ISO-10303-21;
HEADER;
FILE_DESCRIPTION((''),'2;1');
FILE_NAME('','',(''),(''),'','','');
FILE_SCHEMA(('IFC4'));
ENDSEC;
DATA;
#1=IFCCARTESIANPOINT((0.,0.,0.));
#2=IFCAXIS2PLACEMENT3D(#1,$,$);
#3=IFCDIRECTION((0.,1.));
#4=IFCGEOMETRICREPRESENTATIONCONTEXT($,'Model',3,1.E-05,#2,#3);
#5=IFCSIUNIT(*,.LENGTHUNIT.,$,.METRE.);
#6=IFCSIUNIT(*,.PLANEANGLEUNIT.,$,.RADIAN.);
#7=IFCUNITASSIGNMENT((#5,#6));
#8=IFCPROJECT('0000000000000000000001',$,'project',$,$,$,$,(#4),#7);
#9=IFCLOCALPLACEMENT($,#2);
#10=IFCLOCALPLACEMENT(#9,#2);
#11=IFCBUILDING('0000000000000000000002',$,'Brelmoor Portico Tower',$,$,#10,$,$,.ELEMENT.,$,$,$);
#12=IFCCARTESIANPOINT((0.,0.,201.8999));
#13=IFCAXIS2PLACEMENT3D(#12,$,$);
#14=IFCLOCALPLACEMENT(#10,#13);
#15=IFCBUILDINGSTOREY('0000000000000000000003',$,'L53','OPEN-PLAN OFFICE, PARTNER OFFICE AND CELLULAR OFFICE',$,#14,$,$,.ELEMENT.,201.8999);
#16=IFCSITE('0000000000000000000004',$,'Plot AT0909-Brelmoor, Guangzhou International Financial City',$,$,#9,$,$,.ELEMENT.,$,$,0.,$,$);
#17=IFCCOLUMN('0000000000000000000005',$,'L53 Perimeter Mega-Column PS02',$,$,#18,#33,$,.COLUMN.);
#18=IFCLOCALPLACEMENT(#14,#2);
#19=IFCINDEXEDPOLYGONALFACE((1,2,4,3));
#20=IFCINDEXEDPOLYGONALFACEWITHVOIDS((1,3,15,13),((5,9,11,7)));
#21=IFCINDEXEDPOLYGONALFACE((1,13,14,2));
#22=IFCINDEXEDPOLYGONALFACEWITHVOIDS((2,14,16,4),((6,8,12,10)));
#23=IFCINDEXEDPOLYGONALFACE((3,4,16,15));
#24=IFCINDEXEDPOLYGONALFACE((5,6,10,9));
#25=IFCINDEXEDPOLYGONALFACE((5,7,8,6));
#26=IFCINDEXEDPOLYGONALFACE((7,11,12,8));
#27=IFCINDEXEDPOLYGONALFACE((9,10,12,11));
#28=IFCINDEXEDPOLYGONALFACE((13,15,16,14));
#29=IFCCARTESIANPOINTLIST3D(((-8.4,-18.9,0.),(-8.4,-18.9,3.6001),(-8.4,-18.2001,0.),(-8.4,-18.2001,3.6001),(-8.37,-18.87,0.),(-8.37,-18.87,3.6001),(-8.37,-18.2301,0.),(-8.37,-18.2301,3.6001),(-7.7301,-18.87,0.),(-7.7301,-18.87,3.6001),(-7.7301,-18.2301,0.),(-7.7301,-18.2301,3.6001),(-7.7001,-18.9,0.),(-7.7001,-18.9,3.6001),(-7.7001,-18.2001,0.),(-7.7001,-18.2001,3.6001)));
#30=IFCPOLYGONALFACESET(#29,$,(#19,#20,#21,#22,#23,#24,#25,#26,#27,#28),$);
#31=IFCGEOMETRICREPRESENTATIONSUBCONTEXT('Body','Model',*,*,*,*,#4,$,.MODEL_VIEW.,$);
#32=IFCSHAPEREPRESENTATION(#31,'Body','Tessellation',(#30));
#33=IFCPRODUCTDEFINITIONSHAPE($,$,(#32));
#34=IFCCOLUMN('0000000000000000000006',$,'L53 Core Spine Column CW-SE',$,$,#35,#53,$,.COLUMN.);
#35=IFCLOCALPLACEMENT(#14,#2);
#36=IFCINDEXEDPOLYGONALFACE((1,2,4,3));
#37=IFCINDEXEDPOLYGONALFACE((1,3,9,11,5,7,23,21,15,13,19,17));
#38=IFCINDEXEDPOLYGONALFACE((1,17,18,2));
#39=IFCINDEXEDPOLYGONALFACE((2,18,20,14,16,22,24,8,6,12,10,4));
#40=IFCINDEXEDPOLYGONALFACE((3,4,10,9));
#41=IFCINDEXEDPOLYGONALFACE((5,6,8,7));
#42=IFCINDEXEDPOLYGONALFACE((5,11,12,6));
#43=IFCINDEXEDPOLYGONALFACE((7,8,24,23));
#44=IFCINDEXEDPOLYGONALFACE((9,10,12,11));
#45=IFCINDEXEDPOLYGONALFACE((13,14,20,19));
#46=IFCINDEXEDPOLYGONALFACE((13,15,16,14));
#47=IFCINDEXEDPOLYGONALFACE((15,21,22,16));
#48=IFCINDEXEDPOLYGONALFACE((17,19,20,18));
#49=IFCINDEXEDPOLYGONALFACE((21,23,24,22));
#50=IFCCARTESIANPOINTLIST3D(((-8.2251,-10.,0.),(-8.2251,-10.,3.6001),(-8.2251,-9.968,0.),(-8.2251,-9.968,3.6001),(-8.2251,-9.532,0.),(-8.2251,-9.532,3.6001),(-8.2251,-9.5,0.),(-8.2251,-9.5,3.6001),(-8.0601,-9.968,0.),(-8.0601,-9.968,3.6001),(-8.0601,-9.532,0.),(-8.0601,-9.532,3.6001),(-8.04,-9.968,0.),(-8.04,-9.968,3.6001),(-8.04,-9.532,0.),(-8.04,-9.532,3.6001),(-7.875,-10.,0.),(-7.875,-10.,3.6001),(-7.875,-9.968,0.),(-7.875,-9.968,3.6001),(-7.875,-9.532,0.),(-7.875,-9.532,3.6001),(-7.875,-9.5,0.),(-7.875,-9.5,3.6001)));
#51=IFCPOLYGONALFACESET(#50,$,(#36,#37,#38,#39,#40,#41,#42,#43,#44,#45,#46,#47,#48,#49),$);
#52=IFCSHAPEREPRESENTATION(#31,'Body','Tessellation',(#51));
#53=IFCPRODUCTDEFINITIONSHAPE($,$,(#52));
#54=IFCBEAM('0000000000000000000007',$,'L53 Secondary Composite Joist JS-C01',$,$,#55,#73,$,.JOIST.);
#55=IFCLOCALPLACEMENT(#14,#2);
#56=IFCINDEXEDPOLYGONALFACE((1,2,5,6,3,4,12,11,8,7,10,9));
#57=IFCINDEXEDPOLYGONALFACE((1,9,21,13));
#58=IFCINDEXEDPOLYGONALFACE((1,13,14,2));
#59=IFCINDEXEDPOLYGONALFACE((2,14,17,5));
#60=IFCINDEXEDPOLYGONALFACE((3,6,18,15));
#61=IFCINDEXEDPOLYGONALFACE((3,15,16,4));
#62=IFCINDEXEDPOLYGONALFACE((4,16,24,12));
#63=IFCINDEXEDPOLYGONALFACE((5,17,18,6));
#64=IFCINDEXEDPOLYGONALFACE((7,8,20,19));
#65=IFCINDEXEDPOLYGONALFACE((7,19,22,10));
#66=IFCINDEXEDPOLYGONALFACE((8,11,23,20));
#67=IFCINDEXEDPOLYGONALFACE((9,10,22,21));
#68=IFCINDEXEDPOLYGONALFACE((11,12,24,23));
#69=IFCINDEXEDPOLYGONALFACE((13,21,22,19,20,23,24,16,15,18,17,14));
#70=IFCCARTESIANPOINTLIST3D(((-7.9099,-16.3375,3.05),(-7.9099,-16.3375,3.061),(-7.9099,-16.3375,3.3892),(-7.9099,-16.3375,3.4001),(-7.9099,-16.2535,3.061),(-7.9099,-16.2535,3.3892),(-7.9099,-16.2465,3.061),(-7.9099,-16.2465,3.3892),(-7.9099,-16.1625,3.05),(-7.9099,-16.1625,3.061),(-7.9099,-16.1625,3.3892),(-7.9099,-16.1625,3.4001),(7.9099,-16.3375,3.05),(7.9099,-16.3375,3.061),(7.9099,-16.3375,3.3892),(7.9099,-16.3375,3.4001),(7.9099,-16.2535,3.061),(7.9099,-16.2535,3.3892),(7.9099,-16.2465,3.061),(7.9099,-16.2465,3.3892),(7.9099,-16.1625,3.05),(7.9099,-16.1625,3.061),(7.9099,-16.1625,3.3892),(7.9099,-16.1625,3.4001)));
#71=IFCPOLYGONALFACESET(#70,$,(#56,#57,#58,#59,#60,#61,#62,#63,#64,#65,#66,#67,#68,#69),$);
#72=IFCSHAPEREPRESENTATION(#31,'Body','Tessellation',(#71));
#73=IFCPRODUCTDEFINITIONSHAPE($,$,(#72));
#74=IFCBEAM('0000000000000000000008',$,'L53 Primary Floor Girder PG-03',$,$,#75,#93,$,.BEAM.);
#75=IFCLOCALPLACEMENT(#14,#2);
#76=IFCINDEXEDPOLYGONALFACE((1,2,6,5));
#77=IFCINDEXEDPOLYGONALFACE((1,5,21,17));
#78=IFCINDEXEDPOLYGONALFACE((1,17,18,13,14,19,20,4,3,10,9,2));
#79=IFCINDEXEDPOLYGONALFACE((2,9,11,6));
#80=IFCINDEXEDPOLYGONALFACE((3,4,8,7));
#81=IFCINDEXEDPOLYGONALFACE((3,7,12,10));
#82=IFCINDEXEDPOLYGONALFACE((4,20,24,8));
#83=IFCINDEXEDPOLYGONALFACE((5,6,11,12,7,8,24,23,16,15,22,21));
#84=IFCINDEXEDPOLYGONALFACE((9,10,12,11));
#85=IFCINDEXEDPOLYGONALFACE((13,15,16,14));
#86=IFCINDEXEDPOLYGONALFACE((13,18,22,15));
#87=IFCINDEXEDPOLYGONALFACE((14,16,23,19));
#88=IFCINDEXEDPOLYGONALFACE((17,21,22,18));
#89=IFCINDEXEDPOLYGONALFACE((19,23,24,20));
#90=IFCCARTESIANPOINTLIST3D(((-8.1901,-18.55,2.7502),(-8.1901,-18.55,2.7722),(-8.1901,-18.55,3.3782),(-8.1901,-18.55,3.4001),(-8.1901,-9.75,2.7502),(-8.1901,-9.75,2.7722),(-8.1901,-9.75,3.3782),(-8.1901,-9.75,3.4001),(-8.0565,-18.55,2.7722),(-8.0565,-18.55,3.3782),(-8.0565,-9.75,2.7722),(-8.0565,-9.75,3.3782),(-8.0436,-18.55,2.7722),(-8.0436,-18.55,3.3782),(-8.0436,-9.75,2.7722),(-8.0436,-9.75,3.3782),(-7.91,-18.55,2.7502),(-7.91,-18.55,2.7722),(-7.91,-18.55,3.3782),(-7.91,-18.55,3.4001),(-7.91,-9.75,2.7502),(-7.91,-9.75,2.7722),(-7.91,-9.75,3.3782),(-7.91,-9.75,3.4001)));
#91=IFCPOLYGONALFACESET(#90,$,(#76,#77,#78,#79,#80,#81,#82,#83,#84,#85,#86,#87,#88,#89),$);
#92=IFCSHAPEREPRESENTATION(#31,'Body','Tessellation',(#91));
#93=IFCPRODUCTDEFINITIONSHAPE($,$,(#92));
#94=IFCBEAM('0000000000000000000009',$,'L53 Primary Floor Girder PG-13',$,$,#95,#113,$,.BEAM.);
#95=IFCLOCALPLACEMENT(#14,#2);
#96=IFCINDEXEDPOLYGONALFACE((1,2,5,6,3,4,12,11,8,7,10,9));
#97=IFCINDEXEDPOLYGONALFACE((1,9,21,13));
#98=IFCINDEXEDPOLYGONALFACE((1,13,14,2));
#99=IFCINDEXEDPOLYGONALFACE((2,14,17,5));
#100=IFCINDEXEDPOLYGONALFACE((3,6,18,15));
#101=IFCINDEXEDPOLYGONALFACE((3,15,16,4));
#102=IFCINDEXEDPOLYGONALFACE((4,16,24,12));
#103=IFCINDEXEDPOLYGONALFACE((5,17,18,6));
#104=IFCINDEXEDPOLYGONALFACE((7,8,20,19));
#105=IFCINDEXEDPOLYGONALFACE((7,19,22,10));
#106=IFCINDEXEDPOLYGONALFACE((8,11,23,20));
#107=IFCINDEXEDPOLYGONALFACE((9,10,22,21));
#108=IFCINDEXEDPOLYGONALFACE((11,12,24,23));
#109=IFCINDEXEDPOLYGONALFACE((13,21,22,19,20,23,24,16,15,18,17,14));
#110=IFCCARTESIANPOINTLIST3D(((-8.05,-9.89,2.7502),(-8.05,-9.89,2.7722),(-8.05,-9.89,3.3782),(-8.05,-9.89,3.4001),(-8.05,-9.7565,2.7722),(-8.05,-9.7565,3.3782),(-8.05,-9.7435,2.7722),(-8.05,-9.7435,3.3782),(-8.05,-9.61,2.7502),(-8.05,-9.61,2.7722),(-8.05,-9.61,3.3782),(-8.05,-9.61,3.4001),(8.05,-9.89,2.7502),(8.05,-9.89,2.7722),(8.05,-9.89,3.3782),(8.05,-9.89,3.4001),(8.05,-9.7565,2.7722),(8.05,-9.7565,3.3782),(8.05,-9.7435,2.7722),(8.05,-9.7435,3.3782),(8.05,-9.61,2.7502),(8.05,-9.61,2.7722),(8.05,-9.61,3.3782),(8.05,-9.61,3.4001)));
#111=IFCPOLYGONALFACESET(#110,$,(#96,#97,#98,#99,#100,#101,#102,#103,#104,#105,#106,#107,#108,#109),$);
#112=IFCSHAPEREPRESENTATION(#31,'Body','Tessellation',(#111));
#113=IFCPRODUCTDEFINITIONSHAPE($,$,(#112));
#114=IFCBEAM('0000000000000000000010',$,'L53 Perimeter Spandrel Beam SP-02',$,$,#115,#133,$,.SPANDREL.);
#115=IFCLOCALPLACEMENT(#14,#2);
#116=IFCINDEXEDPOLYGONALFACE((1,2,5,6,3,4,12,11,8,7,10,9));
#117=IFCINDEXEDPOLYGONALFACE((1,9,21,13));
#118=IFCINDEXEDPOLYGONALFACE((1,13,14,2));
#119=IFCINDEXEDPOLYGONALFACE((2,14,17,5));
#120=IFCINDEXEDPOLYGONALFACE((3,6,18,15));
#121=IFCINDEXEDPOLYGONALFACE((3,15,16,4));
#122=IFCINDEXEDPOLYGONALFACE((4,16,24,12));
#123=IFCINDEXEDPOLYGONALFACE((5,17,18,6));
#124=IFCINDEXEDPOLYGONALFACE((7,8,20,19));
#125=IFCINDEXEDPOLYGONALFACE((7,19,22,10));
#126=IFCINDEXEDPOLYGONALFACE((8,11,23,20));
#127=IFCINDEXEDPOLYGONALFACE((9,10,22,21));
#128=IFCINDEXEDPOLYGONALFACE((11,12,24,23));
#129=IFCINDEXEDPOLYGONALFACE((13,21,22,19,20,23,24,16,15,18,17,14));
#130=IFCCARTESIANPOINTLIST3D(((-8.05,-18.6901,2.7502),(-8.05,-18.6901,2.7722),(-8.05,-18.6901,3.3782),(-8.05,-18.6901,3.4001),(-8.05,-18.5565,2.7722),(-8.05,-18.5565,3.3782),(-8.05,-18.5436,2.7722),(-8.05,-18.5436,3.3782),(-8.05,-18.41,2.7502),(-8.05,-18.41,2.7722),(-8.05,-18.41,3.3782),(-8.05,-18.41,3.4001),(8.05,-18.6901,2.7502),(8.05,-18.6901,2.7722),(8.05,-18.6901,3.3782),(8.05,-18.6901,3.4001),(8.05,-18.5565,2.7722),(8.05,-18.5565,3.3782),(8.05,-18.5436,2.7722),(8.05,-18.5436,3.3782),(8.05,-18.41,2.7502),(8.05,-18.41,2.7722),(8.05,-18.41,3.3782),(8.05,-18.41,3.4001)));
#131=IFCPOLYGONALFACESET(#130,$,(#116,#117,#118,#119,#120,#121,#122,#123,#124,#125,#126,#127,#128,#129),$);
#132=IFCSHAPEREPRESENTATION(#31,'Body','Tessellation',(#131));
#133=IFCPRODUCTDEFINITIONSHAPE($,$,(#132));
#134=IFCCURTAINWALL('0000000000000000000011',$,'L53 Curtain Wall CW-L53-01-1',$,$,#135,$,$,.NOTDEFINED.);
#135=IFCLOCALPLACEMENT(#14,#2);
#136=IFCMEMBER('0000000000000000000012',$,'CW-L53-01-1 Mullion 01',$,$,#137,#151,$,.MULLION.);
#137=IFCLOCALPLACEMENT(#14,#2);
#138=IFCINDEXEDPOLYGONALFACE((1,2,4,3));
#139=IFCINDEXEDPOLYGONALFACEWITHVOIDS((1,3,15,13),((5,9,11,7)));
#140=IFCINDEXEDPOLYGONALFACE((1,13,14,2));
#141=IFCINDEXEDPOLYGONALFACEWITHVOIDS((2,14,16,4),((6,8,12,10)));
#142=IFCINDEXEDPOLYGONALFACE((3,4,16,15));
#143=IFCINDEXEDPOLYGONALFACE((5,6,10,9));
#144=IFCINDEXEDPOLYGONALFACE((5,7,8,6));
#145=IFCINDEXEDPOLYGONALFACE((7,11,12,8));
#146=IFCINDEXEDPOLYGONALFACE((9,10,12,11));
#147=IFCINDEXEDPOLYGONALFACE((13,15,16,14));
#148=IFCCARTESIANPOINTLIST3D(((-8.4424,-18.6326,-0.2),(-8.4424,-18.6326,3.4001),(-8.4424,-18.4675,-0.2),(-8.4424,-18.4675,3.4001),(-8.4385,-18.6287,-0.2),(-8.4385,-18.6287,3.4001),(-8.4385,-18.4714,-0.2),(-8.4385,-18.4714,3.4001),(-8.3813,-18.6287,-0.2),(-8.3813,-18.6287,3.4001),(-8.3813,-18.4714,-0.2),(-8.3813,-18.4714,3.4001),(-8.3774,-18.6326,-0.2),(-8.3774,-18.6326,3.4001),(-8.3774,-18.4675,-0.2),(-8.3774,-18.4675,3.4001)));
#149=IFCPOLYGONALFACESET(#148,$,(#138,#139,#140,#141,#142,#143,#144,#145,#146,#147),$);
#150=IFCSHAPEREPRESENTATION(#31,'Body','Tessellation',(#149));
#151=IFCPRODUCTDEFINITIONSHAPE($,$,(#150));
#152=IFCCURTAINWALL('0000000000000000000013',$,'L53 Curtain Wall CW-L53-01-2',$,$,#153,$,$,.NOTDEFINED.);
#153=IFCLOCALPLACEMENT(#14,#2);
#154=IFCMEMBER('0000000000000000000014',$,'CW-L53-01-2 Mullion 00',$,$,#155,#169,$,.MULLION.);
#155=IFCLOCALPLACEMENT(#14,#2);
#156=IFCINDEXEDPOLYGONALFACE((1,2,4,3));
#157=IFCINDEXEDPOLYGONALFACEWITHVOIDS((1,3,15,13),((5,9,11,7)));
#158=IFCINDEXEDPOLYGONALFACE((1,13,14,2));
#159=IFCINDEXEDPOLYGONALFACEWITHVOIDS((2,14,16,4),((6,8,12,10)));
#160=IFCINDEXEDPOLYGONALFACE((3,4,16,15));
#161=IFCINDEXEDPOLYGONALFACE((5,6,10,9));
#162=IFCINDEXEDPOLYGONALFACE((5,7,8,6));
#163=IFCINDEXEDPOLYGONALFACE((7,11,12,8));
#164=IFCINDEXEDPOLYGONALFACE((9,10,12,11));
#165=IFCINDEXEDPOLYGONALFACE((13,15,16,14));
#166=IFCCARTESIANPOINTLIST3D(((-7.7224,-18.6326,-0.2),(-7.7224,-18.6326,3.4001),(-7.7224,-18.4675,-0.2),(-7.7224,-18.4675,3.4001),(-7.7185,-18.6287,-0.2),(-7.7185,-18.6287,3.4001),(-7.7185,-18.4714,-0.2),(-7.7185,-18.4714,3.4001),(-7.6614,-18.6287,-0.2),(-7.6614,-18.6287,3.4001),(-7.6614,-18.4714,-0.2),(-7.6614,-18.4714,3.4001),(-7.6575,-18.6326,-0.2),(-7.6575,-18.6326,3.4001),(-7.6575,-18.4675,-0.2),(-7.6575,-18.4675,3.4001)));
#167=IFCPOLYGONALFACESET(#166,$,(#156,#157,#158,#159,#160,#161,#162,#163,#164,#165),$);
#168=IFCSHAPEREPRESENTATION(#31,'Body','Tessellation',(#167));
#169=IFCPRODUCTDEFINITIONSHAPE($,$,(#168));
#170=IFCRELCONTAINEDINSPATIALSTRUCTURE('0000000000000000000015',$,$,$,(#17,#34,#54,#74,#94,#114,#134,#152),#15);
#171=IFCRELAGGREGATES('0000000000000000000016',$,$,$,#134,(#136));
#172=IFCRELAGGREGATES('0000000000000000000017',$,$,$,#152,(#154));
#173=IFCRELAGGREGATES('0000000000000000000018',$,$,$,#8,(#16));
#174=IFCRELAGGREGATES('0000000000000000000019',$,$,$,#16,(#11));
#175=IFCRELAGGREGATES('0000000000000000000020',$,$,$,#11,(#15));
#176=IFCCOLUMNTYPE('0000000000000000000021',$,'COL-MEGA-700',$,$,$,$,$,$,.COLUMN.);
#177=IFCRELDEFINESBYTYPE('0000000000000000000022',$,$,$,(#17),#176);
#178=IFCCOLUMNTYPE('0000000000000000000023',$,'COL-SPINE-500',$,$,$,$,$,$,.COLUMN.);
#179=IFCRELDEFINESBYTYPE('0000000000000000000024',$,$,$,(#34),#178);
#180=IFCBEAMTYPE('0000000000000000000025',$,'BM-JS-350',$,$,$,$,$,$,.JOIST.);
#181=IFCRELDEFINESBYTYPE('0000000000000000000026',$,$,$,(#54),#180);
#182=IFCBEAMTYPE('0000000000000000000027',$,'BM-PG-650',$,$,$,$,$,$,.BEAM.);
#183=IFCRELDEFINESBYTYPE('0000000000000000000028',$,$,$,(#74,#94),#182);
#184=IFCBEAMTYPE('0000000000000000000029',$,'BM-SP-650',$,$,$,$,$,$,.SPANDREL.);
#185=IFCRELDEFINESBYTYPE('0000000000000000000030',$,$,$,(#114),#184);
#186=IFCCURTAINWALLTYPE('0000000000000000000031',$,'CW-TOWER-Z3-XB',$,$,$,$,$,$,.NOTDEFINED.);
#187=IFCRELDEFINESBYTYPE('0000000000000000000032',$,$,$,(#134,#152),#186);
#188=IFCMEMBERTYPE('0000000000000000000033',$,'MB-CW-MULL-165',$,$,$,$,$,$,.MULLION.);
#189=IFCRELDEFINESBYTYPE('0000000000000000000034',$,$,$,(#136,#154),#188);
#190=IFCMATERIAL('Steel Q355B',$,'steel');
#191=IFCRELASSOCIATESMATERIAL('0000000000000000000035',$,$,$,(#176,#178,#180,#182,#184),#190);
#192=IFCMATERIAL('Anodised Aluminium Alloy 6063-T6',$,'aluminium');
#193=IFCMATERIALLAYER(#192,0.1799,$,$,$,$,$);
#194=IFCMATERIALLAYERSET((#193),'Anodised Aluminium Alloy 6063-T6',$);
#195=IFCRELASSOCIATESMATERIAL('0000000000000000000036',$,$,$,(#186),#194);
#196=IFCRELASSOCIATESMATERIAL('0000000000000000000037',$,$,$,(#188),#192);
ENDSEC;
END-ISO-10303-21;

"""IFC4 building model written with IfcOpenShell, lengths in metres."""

from ifc_helpers import new_model, si_unit, direction, frame, origin, origin_2d, place, context, subcontext, project, spatial, hollow_rectangle, i_section, extrude, material, layer, layer_set, material_profile, profile_set, type_object, element, aggregate, save


model = new_model("IFC4")

# Units and contexts
model_context = context("Model", 3, precision=1e-05, world=origin(), true_north=direction((0.0, 1.0)))
body_context = subcontext(model_context, "Body", "Model", "MODEL_VIEW")
ifc_project = project(units=[si_unit("LENGTHUNIT", "METRE"), si_unit("PLANEANGLEUNIT", "RADIAN")], contexts=[model_context])

# Site, building, storey
site_placement = place(None, origin())
site = spatial("IfcSite", under=ifc_project, at=site_placement, Name="Plot AT0909-Brelmoor, Guangzhou International Financial City", CompositionType="ELEMENT", RefElevation=0.0)
building_placement = place(site_placement, origin())
building = spatial("IfcBuilding", under=site, at=building_placement, Name="Brelmoor Portico Tower", CompositionType="ELEMENT")
storey_placement = place(building_placement, frame((0.0, 0.0, 201.8999)))
storey = spatial("IfcBuildingStorey", under=building, at=storey_placement, Name="L53", Description="OPEN-PLAN OFFICE, PARTNER OFFICE AND CELLULAR OFFICE", CompositionType="ELEMENT", Elevation=201.8999)

# Columns
ifc_material_1 = material(Name="Steel Q355B", Category="steel")
ifc_material_profile_1 = material_profile(ifc_material_1, hollow_rectangle(XDim=0.7, YDim=0.7, WallThickness=0.03, at=origin_2d()), Name="BOX 700x700x30")
ifc_profile_set_1 = profile_set([ifc_material_profile_1], Name="Steel Q355B")
column_type_1 = type_object("IfcColumnType", Name="COL-MEGA-700", PredefinedType="COLUMN", material=ifc_profile_set_1)
column_1_placement = place(storey_placement, frame((-8.05, -18.55, 0.0), z_axis=(0.0, 0.0, 1.0), x_axis=(1.0, 0.0, 0.0)))
element("IfcColumn", 1, at=column_1_placement, inside=storey, type_object=column_type_1, Name="L53 Perimeter Mega-Column PS02", PredefinedType="COLUMN", context=body_context, shape_type="SweptSolid", body=[
    extrude(hollow_rectangle(XDim=0.7, YDim=0.7, WallThickness=0.03, at=origin_2d()), origin(), (0.0, 0.0, 1.0), 3.6001),
])
ifc_material_profile_2 = material_profile(ifc_material_1, i_section(OverallWidth=0.3501, OverallDepth=0.5, WebThickness=0.02, FlangeThickness=0.032, at=origin_2d()), Name="HW 500x350x20x32")
ifc_profile_set_2 = profile_set([ifc_material_profile_2], Name="Steel Q355B")
column_type_2 = type_object("IfcColumnType", Name="COL-SPINE-500", PredefinedType="COLUMN", material=ifc_profile_set_2)
column_2_placement = place(storey_placement, frame((-8.05, -9.75, 0.0), z_axis=(0.0, 0.0, 1.0), x_axis=(1.0, 0.0, 0.0)))
element("IfcColumn", 2, at=column_2_placement, inside=storey, type_object=column_type_2, Name="L53 Core Spine Column CW-SE", PredefinedType="COLUMN", context=body_context, shape_type="SweptSolid", body=[
    extrude(i_section(OverallWidth=0.3501, OverallDepth=0.5, WebThickness=0.02, FlangeThickness=0.032, at=origin_2d()), origin(), (0.0, 0.0, 1.0), 3.6001),
])

# Beams
ifc_material_profile_3 = material_profile(ifc_material_1, i_section(OverallWidth=0.175, OverallDepth=0.3501, WebThickness=0.0071, FlangeThickness=0.011, at=origin_2d()), Name="HN 350x175x7x11")
ifc_profile_set_3 = profile_set([ifc_material_profile_3], Name="Steel Q355B")
beam_type_1 = type_object("IfcBeamType", Name="BM-JS-350", PredefinedType="JOIST", material=ifc_profile_set_3)
beam_1_placement = place(storey_placement, frame((-7.9099, -16.25, 3.2251), z_axis=(1.0, 0.0, 0.0), x_axis=(0.0, 1.0, 0.0)))
element("IfcBeam", 3, at=beam_1_placement, inside=storey, type_object=beam_type_1, Name="L53 Secondary Composite Joist JS-C01", PredefinedType="JOIST", context=body_context, shape_type="SweptSolid", body=[
    extrude(i_section(OverallWidth=0.175, OverallDepth=0.3501, WebThickness=0.0071, FlangeThickness=0.011, at=origin_2d()), origin(), (0.0, 0.0, 1.0), 15.8198),
])
ifc_material_profile_4 = material_profile(ifc_material_1, i_section(OverallWidth=0.28, OverallDepth=0.6499, WebThickness=0.0129, FlangeThickness=0.022, at=origin_2d()), Name="HN 650x280x13x22")
ifc_profile_set_4 = profile_set([ifc_material_profile_4], Name="Steel Q355B")
beam_type_2 = type_object("IfcBeamType", Name="BM-PG-650", PredefinedType="BEAM", material=ifc_profile_set_4)
beam_2_placement = place(storey_placement, frame((-8.05, -18.55, 3.0752), z_axis=(0.0, 1.0, 0.0), x_axis=(-1.0, 0.0, 0.0)))
element("IfcBeam", 4, at=beam_2_placement, inside=storey, type_object=beam_type_2, Name="L53 Primary Floor Girder PG-03", PredefinedType="BEAM", context=body_context, shape_type="SweptSolid", body=[
    extrude(i_section(OverallWidth=0.28, OverallDepth=0.6499, WebThickness=0.0129, FlangeThickness=0.022, at=origin_2d()), origin(), (0.0, 0.0, 1.0), 8.8),
])
beam_3_placement = place(storey_placement, frame((-8.05, -9.75, 3.0752), z_axis=(1.0, 0.0, 0.0), x_axis=(0.0, 1.0, 0.0)))
element("IfcBeam", 5, at=beam_3_placement, inside=storey, type_object=beam_type_2, Name="L53 Primary Floor Girder PG-13", PredefinedType="BEAM", context=body_context, shape_type="SweptSolid", body=[
    extrude(i_section(OverallWidth=0.28, OverallDepth=0.6499, WebThickness=0.0129, FlangeThickness=0.022, at=origin_2d()), origin(), (0.0, 0.0, 1.0), 16.1001),
])
ifc_material_profile_5 = material_profile(ifc_material_1, i_section(OverallWidth=0.28, OverallDepth=0.6499, WebThickness=0.0129, FlangeThickness=0.022, at=origin_2d()), Name="HN 650x280x13x22")
ifc_profile_set_5 = profile_set([ifc_material_profile_5], Name="Steel Q355B")
beam_type_3 = type_object("IfcBeamType", Name="BM-SP-650", PredefinedType="SPANDREL", material=ifc_profile_set_5)
beam_4_placement = place(storey_placement, frame((-8.05, -18.55, 3.0752), z_axis=(1.0, 0.0, 0.0), x_axis=(0.0, 1.0, 0.0)))
element("IfcBeam", 6, at=beam_4_placement, inside=storey, type_object=beam_type_3, Name="L53 Perimeter Spandrel Beam SP-02", PredefinedType="SPANDREL", context=body_context, shape_type="SweptSolid", body=[
    extrude(i_section(OverallWidth=0.28, OverallDepth=0.6499, WebThickness=0.0129, FlangeThickness=0.022, at=origin_2d()), origin(), (0.0, 0.0, 1.0), 16.1001),
])

# Curtain wall, member
ifc_material_2 = material(Name="Anodised Aluminium Alloy 6063-T6", Category="aluminium")
ifc_layer_1 = layer(ifc_material_2, 0.1799)
ifc_layer_set_1 = layer_set([ifc_layer_1], Name="Anodised Aluminium Alloy 6063-T6")
curtain_wall_type = type_object("IfcCurtainWallType", Name="CW-TOWER-Z3-XB", PredefinedType="NOTDEFINED", material=ifc_layer_set_1)
curtain_wall_1_placement = place(storey_placement, origin())
curtain_wall_1 = element("IfcCurtainWall", 7, at=curtain_wall_1_placement, inside=storey, type_object=curtain_wall_type, Name="L53 Curtain Wall CW-L53-01-1", PredefinedType="NOTDEFINED")
ifc_material_profile_6 = material_profile(ifc_material_2, hollow_rectangle(XDim=0.0649, YDim=0.165, WallThickness=0.0039, at=origin_2d()), Name="ALU MULLION 65x165")
ifc_profile_set_6 = profile_set([ifc_material_profile_6], Name="Anodised Aluminium Alloy 6063-T6")
member_type_1 = type_object("IfcMemberType", Name="MB-CW-MULL-165", PredefinedType="MULLION", material=ifc_profile_set_6)
member_1_placement = place(storey_placement, frame((-8.4099, -18.55, -0.2), z_axis=(0.0, 0.0, 1.0), x_axis=(1.0, 0.0, 0.0)))
member_1 = element("IfcMember", 8, at=member_1_placement, type_object=member_type_1, Name="CW-L53-01-1 Mullion 01", PredefinedType="MULLION", context=body_context, shape_type="SweptSolid", body=[
    extrude(hollow_rectangle(XDim=0.0649, YDim=0.165, WallThickness=0.0039, at=origin_2d()), origin(), (0.0, 0.0, 1.0), 3.6001),
])

# Curtain wall, member
curtain_wall_2_placement = place(storey_placement, origin())
curtain_wall_2 = element("IfcCurtainWall", 9, at=curtain_wall_2_placement, inside=storey, type_object=curtain_wall_type, Name="L53 Curtain Wall CW-L53-01-2", PredefinedType="NOTDEFINED")
member_2_placement = place(storey_placement, frame((-7.6899, -18.55, -0.2), z_axis=(0.0, 0.0, 1.0), x_axis=(1.0, 0.0, 0.0)))
member_2 = element("IfcMember", 10, at=member_2_placement, type_object=member_type_1, Name="CW-L53-01-2 Mullion 00", PredefinedType="MULLION", context=body_context, shape_type="SweptSolid", body=[
    extrude(hollow_rectangle(XDim=0.0649, YDim=0.165, WallThickness=0.0039, at=origin_2d()), origin(), (0.0, 0.0, 1.0), 3.6001),
])

aggregate(curtain_wall_1, [member_1])
aggregate(curtain_wall_2, [member_2])

save(model, "model.ifc")
